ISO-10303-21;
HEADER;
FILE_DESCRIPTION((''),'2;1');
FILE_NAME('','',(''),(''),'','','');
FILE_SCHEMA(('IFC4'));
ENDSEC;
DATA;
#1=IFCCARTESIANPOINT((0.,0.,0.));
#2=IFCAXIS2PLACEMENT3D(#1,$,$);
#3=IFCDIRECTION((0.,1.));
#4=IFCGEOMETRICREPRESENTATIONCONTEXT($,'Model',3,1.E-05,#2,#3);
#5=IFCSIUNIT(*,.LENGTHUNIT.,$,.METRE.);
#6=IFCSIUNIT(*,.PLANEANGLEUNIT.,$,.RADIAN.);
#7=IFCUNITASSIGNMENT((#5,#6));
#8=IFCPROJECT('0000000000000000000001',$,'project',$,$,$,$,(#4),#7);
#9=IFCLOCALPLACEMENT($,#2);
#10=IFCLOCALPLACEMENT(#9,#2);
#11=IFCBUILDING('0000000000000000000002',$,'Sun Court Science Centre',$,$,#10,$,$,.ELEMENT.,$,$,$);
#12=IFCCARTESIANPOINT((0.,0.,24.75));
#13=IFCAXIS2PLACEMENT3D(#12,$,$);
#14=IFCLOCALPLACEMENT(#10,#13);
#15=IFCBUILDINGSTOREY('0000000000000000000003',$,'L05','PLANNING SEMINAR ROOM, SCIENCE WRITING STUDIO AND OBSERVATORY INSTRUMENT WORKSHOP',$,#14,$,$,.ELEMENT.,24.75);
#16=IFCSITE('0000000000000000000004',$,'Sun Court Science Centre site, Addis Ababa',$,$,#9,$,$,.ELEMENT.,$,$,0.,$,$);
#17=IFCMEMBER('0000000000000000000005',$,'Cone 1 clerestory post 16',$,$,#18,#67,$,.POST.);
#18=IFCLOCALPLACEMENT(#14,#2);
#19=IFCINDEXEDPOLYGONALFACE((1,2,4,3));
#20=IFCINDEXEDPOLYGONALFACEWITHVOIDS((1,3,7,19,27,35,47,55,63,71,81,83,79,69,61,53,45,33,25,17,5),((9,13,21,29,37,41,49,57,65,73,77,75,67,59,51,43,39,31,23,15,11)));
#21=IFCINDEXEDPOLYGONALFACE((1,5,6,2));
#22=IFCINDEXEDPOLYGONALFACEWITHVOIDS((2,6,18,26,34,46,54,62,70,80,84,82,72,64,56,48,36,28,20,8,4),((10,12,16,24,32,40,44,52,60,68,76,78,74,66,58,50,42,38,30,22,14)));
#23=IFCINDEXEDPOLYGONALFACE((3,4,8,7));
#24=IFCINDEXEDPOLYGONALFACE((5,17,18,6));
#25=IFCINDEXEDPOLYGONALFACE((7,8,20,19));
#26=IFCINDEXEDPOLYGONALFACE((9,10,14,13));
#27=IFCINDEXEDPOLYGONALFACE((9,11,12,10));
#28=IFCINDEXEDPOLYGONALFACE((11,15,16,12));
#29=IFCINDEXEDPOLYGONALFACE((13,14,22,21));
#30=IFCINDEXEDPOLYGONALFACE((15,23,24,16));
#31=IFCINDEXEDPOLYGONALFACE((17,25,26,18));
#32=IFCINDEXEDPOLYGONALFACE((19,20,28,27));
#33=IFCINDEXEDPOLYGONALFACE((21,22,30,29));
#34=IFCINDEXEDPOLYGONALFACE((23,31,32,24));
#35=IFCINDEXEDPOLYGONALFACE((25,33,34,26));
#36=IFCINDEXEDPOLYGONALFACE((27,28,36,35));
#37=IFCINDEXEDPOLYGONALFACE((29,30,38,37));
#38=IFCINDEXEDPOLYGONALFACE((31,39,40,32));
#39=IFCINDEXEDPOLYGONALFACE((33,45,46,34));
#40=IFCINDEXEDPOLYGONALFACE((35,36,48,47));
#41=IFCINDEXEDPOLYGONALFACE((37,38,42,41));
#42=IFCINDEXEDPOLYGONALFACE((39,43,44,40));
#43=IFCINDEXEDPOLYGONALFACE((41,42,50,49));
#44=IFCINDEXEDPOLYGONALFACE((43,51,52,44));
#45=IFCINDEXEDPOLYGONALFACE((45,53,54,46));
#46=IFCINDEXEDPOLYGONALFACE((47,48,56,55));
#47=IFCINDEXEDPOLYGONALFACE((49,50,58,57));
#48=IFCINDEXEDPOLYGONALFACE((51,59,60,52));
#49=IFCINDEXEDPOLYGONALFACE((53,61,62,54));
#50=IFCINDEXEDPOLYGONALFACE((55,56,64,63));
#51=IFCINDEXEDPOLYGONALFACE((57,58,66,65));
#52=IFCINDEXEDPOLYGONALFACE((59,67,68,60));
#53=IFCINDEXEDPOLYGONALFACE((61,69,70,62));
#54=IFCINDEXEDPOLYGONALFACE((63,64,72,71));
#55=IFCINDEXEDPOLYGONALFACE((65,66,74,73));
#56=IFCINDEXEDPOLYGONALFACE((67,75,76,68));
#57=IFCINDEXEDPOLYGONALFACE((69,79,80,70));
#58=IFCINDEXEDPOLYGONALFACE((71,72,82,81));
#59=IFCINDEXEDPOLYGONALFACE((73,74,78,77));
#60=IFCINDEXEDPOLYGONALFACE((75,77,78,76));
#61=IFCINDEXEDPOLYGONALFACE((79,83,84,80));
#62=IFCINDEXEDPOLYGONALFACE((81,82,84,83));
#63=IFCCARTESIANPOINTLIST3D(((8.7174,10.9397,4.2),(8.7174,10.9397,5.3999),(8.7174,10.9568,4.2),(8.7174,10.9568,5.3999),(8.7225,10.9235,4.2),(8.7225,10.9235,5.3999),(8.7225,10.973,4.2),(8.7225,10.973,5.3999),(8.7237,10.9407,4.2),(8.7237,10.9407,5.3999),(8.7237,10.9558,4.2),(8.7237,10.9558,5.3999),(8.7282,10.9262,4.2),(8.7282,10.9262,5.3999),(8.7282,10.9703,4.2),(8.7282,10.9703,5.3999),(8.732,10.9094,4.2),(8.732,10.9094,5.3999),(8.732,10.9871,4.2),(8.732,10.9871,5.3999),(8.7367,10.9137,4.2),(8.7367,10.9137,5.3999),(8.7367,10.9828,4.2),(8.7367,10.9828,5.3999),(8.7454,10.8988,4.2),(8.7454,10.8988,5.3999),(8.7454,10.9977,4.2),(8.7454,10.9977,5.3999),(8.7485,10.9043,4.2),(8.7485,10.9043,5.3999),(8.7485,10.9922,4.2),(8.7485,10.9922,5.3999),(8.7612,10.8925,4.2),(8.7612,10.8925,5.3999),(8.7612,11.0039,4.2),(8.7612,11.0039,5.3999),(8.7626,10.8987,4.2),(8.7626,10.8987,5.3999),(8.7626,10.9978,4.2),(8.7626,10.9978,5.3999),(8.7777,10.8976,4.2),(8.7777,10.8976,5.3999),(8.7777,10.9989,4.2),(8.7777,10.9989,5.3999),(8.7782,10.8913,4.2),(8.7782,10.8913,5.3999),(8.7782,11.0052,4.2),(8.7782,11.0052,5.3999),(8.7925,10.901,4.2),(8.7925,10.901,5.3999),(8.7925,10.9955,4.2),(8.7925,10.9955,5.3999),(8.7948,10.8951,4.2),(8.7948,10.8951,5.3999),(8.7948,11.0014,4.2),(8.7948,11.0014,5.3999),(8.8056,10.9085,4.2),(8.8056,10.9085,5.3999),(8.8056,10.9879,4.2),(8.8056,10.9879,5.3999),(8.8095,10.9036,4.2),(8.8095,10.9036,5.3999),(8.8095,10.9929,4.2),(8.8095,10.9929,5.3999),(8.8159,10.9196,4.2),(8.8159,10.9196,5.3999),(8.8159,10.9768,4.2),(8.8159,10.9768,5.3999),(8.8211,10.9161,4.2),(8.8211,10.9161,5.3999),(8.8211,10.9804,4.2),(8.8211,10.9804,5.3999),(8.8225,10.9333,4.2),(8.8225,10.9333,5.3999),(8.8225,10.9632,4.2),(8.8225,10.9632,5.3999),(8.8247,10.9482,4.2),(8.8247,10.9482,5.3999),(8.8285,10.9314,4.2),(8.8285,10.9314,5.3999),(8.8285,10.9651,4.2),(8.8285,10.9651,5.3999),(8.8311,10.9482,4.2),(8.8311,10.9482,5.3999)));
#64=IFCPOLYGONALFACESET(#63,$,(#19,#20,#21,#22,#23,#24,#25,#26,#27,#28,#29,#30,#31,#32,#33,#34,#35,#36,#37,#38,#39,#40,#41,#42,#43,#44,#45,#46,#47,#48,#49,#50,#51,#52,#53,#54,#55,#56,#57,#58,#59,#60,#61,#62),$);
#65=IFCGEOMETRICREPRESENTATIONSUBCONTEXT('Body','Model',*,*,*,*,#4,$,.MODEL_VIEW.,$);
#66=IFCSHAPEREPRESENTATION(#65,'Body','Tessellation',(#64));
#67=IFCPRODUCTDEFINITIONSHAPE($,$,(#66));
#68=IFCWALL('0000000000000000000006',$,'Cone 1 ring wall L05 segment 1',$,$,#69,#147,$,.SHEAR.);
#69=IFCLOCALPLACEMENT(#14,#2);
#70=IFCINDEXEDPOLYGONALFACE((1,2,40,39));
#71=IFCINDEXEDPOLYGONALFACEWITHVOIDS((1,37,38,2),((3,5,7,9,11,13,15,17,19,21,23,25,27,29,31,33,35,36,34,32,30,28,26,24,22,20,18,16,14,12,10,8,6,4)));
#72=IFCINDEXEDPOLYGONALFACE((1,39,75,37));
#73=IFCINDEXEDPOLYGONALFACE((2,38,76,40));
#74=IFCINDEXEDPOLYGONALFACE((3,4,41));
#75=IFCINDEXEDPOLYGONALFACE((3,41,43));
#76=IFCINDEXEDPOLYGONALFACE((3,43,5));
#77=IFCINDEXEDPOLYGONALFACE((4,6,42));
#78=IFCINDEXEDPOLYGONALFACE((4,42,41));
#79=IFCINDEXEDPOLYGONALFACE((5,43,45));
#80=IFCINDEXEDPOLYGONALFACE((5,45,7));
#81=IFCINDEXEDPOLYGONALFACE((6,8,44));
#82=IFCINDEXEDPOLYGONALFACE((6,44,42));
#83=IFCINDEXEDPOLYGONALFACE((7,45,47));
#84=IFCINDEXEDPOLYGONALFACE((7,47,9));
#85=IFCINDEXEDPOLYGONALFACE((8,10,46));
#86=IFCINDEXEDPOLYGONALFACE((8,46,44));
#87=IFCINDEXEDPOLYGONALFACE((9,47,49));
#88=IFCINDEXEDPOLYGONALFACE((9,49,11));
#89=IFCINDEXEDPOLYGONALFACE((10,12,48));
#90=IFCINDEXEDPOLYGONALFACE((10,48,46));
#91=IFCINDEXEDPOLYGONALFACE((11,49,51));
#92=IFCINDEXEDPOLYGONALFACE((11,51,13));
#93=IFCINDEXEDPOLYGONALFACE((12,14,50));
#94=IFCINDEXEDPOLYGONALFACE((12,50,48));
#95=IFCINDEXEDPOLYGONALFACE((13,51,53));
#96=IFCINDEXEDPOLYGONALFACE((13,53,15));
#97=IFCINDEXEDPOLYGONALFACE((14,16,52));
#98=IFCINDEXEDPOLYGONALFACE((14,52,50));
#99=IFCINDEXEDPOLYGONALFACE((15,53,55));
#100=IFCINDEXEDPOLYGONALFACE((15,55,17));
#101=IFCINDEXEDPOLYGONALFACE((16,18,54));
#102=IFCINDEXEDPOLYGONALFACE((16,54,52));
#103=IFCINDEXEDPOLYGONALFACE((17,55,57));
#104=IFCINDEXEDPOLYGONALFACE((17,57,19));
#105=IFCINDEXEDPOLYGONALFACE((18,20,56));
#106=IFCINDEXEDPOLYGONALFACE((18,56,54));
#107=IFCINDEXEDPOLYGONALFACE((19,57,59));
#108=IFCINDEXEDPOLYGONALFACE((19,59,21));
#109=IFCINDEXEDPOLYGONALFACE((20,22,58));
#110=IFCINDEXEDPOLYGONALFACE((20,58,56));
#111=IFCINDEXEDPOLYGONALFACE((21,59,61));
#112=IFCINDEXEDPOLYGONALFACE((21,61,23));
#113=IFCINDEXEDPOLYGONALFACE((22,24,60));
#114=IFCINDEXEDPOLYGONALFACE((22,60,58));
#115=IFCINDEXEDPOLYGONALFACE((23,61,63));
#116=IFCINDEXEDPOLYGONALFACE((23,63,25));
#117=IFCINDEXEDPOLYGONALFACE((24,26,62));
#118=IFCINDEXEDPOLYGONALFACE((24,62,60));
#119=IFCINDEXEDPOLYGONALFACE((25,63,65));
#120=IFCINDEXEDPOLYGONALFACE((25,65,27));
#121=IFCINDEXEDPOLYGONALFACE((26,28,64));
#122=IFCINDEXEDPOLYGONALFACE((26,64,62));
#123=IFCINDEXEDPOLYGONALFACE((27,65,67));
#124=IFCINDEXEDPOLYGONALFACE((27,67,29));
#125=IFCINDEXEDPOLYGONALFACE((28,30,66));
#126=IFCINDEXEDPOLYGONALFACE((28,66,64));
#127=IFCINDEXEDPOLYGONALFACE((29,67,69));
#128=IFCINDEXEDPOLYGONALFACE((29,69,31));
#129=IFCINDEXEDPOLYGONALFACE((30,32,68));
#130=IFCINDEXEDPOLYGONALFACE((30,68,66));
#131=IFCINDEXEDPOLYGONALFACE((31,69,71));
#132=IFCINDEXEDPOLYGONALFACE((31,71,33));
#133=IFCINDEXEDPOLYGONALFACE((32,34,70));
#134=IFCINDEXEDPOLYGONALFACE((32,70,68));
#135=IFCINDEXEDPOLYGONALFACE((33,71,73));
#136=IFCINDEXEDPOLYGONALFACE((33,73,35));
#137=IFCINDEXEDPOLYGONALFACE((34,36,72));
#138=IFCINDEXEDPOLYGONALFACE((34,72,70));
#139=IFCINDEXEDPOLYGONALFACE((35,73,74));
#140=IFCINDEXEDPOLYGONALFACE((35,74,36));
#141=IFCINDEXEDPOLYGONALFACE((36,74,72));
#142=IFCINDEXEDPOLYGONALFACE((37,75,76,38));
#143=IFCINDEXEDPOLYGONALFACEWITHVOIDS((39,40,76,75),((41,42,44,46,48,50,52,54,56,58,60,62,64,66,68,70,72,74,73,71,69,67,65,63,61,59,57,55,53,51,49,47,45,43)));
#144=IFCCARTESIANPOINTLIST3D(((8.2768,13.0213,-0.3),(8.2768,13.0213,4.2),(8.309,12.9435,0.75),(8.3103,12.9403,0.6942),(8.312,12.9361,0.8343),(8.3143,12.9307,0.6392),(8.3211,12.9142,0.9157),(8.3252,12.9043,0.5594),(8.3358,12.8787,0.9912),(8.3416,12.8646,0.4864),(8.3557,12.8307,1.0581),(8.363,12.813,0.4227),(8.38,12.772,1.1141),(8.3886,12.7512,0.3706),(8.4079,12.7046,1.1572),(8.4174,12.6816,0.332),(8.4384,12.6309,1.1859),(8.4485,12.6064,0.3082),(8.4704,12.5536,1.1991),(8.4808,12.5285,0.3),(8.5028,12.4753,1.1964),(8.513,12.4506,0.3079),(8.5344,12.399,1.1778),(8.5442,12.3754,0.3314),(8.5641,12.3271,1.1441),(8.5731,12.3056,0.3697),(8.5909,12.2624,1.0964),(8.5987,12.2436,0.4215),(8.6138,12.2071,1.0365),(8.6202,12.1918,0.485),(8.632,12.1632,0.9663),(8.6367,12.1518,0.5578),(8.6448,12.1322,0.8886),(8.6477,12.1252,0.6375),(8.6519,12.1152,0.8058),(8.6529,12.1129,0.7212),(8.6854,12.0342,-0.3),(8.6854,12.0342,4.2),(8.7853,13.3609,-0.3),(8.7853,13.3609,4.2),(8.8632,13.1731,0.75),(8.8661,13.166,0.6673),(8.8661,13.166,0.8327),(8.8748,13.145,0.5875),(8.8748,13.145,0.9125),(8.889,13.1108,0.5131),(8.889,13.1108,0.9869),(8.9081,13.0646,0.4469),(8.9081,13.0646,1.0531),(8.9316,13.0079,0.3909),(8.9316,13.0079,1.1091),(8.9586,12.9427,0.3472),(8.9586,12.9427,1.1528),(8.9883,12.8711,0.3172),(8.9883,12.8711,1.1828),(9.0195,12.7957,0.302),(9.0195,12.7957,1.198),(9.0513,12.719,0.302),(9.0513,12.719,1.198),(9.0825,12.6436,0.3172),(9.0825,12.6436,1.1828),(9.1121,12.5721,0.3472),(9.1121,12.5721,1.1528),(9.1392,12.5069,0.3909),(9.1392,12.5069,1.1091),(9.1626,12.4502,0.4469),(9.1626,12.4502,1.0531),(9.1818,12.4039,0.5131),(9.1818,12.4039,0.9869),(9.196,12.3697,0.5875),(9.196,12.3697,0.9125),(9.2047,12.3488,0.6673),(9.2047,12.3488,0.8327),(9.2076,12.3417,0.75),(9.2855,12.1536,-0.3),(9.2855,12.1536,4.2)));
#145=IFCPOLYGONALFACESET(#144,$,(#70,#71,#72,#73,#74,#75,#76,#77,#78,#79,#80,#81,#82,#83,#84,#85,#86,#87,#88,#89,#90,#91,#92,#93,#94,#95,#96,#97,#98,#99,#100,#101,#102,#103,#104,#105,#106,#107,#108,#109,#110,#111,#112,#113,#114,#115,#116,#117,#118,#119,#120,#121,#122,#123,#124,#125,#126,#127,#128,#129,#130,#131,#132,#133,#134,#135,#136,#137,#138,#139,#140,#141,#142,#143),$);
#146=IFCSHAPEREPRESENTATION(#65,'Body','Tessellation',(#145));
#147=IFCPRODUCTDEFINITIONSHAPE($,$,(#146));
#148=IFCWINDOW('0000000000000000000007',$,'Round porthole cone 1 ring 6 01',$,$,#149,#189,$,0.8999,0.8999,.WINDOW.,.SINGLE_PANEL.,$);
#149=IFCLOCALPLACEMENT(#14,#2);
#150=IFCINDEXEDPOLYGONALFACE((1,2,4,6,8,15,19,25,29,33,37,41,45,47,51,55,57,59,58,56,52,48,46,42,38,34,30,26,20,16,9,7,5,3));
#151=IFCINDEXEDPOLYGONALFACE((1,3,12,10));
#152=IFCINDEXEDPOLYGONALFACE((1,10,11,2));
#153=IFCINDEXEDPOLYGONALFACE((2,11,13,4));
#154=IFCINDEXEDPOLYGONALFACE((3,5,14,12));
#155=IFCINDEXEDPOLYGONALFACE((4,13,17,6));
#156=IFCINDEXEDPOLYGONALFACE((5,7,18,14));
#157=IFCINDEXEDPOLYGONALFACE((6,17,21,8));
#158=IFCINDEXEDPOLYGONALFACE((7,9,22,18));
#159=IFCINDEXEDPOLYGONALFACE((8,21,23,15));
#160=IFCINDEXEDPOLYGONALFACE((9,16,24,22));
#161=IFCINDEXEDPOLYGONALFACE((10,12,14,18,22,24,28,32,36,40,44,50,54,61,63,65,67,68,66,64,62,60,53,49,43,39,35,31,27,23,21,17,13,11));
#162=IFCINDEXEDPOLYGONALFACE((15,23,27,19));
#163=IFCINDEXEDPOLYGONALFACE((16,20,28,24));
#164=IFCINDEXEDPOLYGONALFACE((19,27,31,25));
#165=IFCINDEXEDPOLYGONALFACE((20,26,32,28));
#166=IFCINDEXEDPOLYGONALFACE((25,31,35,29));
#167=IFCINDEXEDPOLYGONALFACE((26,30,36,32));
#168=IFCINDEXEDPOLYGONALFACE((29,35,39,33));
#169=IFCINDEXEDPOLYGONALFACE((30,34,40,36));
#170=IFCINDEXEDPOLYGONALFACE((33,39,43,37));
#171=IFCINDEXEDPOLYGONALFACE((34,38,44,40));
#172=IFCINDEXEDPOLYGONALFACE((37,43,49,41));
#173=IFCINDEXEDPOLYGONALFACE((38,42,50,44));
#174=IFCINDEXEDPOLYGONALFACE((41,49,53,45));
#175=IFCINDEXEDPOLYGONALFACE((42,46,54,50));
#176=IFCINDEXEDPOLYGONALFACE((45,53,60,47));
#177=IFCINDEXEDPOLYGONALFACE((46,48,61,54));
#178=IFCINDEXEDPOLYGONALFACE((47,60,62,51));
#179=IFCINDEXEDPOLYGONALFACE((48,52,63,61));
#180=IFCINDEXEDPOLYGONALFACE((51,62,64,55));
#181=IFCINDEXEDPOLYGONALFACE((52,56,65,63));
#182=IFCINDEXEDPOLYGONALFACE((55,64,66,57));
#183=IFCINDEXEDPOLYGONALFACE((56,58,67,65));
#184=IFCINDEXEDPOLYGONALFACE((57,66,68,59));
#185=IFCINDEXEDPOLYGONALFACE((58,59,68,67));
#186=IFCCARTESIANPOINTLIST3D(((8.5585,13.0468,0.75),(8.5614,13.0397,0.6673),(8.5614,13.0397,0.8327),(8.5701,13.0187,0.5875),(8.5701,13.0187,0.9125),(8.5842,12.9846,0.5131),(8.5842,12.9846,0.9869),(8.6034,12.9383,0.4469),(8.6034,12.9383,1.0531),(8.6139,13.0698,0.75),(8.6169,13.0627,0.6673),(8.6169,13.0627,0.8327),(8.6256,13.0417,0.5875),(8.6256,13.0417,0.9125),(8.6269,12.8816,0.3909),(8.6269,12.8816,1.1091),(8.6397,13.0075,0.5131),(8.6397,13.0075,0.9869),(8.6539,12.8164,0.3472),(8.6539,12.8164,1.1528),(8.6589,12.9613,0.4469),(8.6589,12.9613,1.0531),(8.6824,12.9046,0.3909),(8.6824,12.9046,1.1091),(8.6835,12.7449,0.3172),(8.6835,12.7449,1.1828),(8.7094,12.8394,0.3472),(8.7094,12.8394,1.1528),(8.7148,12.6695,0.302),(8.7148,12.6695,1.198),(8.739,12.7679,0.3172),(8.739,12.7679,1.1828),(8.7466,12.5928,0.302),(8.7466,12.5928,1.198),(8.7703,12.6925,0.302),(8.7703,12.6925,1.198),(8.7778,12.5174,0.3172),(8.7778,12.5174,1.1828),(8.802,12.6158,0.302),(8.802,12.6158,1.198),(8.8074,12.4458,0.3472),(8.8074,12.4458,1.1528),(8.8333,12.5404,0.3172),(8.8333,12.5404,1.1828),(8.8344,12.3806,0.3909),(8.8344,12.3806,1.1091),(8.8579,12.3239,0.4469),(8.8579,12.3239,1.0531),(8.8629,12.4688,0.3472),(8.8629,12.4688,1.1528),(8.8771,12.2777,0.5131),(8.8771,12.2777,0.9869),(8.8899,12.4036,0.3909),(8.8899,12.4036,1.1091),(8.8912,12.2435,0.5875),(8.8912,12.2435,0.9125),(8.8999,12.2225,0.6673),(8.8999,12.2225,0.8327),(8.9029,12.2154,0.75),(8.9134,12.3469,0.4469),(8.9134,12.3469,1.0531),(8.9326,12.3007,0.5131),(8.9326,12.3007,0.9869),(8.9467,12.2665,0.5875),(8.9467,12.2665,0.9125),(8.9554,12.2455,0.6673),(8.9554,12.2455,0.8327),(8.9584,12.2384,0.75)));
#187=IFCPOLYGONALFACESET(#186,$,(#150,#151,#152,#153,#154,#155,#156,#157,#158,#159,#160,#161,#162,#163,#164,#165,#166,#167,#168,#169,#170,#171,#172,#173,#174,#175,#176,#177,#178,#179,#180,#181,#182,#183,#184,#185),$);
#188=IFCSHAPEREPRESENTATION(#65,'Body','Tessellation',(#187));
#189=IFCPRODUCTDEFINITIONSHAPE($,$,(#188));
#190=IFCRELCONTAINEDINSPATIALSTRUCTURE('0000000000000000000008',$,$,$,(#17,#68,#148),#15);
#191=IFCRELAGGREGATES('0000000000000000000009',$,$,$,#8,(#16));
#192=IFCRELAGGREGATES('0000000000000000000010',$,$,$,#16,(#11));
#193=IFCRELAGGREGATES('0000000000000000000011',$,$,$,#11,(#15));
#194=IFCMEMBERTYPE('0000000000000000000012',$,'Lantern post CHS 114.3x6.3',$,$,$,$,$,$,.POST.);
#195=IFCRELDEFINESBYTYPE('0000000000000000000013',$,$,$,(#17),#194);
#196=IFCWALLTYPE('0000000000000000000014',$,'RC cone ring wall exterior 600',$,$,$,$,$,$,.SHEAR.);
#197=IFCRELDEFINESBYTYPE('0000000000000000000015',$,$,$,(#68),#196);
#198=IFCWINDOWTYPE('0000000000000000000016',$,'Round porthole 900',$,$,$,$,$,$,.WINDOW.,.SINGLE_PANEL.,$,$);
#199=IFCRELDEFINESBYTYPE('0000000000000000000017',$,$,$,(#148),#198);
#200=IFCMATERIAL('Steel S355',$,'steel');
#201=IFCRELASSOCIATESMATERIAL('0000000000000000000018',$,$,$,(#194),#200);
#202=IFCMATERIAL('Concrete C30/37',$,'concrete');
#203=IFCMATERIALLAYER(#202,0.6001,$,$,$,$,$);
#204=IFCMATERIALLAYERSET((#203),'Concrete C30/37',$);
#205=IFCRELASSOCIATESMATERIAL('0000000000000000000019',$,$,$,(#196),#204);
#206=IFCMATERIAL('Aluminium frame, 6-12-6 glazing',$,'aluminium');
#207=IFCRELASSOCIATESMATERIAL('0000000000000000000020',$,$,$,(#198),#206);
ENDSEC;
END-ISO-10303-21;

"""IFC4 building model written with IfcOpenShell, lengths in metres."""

from ifc_helpers import new_model, si_unit, direction, frame, frame_2d, origin, origin_2d, place, context, subcontext, project, spatial, polyline, circle, hollow_circle, outline, extrude, material, layer, layer_set, material_profile, profile_set, type_object, element, fill, save


model = new_model("IFC4")

# Units and contexts
model_context = context("Model", 3, precision=1e-05, world=origin(), true_north=direction((0.0, 1.0)))
body_context = subcontext(model_context, "Body", "Model", "MODEL_VIEW")
ifc_project = project(units=[si_unit("LENGTHUNIT", "METRE"), si_unit("PLANEANGLEUNIT", "RADIAN")], contexts=[model_context])

# Site, building, storey
site_placement = place(None, origin())
site = spatial("IfcSite", under=ifc_project, at=site_placement, Name="Sun Court Science Centre site, Addis Ababa", CompositionType="ELEMENT", RefElevation=0.0)
building_placement = place(site_placement, origin())
building = spatial("IfcBuilding", under=site, at=building_placement, Name="Sun Court Science Centre", CompositionType="ELEMENT")
storey_placement = place(building_placement, frame((0.0, 0.0, 24.75)))
storey = spatial("IfcBuildingStorey", under=building, at=storey_placement, Name="L05", Description="PLANNING SEMINAR ROOM, SCIENCE WRITING STUDIO AND OBSERVATORY INSTRUMENT WORKSHOP", CompositionType="ELEMENT", Elevation=24.75)

# Member
ifc_material_1 = material(Name="Steel S355", Category="steel")
ifc_material_profile_1 = material_profile(ifc_material_1, hollow_circle(Radius=0.0571, WallThickness=0.0063, at=origin_2d()), Name="CHS 114.3x6.3")
ifc_profile_set_1 = profile_set([ifc_material_profile_1], Name="Steel S355")
member_type_1 = type_object("IfcMemberType", Name="Lantern post CHS 114.3x6.3", PredefinedType="POST", material=ifc_profile_set_1)
for number, where, z_axis, x_axis, name in (
    (1, (8.7739, 10.9482, 4.2), (0.0, 0.0, 1.0), (1.0, 0.0, 0.0), "Cone 1 clerestory post 16"),
):
    element("IfcMember", number, at=place(storey_placement, frame(where, z_axis=z_axis, x_axis=x_axis)), inside=storey, type_object=member_type_1, Name=name, PredefinedType="POST", context=body_context, shape_type="SweptSolid", body=[
        extrude(hollow_circle(Radius=0.0571, WallThickness=0.0063, at=origin_2d()), origin(), (0.0, 0.0, 1.0), 1.2),
    ])

# Wall, opening, window
ifc_material_2 = material(Name="Concrete C30/37", Category="concrete")
ifc_layer = layer(ifc_material_2, 0.6001)
ifc_layer_set = layer_set([ifc_layer], Name="Concrete C30/37")
wall_type = type_object("IfcWallType", Name="RC cone ring wall exterior 600", PredefinedType="SHEAR", material=ifc_layer_set)
wall_1_placement = place(storey_placement, frame((9.0085, 12.0388, -0.3), z_axis=(0.0, 0.0, 1.0), x_axis=(-0.382731, 0.92386, 0.0)))
wall_1 = element("IfcWall", 2, at=wall_1_placement, inside=storey, type_object=wall_type, Name="Cone 1 ring wall L05 segment 1", PredefinedType="SHEAR", context=body_context, shape_type="SweptSolid", body=[
    extrude(outline(polyline([(0.0, -0.2998), (1.3069, -0.2998), (1.1877, 0.3), (0.1194, 0.3003), (0.0, -0.2998)])), origin(), (0.0, 0.0, 1.0), 4.5),
])
opening_1_placement = place(wall_1_placement, frame((0.2036, 0.0, 0.6001)))
opening_1 = element("IfcOpeningElement", 3, at=opening_1_placement, cuts=wall_1, PredefinedType="OPENING", context=body_context, shape_type="SweptSolid", body=[
    extrude(circle(Radius=0.45, at=frame_2d((0.45, 0.45))), frame((0.0, 0.3101, 0.0), z_axis=(0.0, -1.0, 0.0), x_axis=(1.0, 0.0, 0.0)), (0.0, 0.0, 1.0), 0.6201),
])
ifc_material_3 = material(Name="Aluminium frame, 6-12-6 glazing", Category="aluminium")
window_type = type_object("IfcWindowType", Name="Round porthole 900", PartitioningType="SINGLE_PANEL", PredefinedType="WINDOW", material=ifc_material_3)
window_1_placement = place(opening_1_placement, origin())
window_1 = element("IfcWindow", 4, at=window_1_placement, inside=storey, type_object=window_type, Name="Round porthole cone 1 ring 6 01", OverallHeight=0.8999, OverallWidth=0.8999, PartitioningType="SINGLE_PANEL", PredefinedType="WINDOW", context=body_context, shape_type="SweptSolid", body=[
    extrude(circle(Radius=0.45, at=frame_2d((0.45, 0.45))), frame((0.0, 0.03, 0.0), z_axis=(0.0, -1.0, 0.0), x_axis=(1.0, 0.0, 0.0)), (0.0, 0.0, 1.0), 0.0601),
])
fill(opening_1, window_1)

save(model, "model.ifc")
